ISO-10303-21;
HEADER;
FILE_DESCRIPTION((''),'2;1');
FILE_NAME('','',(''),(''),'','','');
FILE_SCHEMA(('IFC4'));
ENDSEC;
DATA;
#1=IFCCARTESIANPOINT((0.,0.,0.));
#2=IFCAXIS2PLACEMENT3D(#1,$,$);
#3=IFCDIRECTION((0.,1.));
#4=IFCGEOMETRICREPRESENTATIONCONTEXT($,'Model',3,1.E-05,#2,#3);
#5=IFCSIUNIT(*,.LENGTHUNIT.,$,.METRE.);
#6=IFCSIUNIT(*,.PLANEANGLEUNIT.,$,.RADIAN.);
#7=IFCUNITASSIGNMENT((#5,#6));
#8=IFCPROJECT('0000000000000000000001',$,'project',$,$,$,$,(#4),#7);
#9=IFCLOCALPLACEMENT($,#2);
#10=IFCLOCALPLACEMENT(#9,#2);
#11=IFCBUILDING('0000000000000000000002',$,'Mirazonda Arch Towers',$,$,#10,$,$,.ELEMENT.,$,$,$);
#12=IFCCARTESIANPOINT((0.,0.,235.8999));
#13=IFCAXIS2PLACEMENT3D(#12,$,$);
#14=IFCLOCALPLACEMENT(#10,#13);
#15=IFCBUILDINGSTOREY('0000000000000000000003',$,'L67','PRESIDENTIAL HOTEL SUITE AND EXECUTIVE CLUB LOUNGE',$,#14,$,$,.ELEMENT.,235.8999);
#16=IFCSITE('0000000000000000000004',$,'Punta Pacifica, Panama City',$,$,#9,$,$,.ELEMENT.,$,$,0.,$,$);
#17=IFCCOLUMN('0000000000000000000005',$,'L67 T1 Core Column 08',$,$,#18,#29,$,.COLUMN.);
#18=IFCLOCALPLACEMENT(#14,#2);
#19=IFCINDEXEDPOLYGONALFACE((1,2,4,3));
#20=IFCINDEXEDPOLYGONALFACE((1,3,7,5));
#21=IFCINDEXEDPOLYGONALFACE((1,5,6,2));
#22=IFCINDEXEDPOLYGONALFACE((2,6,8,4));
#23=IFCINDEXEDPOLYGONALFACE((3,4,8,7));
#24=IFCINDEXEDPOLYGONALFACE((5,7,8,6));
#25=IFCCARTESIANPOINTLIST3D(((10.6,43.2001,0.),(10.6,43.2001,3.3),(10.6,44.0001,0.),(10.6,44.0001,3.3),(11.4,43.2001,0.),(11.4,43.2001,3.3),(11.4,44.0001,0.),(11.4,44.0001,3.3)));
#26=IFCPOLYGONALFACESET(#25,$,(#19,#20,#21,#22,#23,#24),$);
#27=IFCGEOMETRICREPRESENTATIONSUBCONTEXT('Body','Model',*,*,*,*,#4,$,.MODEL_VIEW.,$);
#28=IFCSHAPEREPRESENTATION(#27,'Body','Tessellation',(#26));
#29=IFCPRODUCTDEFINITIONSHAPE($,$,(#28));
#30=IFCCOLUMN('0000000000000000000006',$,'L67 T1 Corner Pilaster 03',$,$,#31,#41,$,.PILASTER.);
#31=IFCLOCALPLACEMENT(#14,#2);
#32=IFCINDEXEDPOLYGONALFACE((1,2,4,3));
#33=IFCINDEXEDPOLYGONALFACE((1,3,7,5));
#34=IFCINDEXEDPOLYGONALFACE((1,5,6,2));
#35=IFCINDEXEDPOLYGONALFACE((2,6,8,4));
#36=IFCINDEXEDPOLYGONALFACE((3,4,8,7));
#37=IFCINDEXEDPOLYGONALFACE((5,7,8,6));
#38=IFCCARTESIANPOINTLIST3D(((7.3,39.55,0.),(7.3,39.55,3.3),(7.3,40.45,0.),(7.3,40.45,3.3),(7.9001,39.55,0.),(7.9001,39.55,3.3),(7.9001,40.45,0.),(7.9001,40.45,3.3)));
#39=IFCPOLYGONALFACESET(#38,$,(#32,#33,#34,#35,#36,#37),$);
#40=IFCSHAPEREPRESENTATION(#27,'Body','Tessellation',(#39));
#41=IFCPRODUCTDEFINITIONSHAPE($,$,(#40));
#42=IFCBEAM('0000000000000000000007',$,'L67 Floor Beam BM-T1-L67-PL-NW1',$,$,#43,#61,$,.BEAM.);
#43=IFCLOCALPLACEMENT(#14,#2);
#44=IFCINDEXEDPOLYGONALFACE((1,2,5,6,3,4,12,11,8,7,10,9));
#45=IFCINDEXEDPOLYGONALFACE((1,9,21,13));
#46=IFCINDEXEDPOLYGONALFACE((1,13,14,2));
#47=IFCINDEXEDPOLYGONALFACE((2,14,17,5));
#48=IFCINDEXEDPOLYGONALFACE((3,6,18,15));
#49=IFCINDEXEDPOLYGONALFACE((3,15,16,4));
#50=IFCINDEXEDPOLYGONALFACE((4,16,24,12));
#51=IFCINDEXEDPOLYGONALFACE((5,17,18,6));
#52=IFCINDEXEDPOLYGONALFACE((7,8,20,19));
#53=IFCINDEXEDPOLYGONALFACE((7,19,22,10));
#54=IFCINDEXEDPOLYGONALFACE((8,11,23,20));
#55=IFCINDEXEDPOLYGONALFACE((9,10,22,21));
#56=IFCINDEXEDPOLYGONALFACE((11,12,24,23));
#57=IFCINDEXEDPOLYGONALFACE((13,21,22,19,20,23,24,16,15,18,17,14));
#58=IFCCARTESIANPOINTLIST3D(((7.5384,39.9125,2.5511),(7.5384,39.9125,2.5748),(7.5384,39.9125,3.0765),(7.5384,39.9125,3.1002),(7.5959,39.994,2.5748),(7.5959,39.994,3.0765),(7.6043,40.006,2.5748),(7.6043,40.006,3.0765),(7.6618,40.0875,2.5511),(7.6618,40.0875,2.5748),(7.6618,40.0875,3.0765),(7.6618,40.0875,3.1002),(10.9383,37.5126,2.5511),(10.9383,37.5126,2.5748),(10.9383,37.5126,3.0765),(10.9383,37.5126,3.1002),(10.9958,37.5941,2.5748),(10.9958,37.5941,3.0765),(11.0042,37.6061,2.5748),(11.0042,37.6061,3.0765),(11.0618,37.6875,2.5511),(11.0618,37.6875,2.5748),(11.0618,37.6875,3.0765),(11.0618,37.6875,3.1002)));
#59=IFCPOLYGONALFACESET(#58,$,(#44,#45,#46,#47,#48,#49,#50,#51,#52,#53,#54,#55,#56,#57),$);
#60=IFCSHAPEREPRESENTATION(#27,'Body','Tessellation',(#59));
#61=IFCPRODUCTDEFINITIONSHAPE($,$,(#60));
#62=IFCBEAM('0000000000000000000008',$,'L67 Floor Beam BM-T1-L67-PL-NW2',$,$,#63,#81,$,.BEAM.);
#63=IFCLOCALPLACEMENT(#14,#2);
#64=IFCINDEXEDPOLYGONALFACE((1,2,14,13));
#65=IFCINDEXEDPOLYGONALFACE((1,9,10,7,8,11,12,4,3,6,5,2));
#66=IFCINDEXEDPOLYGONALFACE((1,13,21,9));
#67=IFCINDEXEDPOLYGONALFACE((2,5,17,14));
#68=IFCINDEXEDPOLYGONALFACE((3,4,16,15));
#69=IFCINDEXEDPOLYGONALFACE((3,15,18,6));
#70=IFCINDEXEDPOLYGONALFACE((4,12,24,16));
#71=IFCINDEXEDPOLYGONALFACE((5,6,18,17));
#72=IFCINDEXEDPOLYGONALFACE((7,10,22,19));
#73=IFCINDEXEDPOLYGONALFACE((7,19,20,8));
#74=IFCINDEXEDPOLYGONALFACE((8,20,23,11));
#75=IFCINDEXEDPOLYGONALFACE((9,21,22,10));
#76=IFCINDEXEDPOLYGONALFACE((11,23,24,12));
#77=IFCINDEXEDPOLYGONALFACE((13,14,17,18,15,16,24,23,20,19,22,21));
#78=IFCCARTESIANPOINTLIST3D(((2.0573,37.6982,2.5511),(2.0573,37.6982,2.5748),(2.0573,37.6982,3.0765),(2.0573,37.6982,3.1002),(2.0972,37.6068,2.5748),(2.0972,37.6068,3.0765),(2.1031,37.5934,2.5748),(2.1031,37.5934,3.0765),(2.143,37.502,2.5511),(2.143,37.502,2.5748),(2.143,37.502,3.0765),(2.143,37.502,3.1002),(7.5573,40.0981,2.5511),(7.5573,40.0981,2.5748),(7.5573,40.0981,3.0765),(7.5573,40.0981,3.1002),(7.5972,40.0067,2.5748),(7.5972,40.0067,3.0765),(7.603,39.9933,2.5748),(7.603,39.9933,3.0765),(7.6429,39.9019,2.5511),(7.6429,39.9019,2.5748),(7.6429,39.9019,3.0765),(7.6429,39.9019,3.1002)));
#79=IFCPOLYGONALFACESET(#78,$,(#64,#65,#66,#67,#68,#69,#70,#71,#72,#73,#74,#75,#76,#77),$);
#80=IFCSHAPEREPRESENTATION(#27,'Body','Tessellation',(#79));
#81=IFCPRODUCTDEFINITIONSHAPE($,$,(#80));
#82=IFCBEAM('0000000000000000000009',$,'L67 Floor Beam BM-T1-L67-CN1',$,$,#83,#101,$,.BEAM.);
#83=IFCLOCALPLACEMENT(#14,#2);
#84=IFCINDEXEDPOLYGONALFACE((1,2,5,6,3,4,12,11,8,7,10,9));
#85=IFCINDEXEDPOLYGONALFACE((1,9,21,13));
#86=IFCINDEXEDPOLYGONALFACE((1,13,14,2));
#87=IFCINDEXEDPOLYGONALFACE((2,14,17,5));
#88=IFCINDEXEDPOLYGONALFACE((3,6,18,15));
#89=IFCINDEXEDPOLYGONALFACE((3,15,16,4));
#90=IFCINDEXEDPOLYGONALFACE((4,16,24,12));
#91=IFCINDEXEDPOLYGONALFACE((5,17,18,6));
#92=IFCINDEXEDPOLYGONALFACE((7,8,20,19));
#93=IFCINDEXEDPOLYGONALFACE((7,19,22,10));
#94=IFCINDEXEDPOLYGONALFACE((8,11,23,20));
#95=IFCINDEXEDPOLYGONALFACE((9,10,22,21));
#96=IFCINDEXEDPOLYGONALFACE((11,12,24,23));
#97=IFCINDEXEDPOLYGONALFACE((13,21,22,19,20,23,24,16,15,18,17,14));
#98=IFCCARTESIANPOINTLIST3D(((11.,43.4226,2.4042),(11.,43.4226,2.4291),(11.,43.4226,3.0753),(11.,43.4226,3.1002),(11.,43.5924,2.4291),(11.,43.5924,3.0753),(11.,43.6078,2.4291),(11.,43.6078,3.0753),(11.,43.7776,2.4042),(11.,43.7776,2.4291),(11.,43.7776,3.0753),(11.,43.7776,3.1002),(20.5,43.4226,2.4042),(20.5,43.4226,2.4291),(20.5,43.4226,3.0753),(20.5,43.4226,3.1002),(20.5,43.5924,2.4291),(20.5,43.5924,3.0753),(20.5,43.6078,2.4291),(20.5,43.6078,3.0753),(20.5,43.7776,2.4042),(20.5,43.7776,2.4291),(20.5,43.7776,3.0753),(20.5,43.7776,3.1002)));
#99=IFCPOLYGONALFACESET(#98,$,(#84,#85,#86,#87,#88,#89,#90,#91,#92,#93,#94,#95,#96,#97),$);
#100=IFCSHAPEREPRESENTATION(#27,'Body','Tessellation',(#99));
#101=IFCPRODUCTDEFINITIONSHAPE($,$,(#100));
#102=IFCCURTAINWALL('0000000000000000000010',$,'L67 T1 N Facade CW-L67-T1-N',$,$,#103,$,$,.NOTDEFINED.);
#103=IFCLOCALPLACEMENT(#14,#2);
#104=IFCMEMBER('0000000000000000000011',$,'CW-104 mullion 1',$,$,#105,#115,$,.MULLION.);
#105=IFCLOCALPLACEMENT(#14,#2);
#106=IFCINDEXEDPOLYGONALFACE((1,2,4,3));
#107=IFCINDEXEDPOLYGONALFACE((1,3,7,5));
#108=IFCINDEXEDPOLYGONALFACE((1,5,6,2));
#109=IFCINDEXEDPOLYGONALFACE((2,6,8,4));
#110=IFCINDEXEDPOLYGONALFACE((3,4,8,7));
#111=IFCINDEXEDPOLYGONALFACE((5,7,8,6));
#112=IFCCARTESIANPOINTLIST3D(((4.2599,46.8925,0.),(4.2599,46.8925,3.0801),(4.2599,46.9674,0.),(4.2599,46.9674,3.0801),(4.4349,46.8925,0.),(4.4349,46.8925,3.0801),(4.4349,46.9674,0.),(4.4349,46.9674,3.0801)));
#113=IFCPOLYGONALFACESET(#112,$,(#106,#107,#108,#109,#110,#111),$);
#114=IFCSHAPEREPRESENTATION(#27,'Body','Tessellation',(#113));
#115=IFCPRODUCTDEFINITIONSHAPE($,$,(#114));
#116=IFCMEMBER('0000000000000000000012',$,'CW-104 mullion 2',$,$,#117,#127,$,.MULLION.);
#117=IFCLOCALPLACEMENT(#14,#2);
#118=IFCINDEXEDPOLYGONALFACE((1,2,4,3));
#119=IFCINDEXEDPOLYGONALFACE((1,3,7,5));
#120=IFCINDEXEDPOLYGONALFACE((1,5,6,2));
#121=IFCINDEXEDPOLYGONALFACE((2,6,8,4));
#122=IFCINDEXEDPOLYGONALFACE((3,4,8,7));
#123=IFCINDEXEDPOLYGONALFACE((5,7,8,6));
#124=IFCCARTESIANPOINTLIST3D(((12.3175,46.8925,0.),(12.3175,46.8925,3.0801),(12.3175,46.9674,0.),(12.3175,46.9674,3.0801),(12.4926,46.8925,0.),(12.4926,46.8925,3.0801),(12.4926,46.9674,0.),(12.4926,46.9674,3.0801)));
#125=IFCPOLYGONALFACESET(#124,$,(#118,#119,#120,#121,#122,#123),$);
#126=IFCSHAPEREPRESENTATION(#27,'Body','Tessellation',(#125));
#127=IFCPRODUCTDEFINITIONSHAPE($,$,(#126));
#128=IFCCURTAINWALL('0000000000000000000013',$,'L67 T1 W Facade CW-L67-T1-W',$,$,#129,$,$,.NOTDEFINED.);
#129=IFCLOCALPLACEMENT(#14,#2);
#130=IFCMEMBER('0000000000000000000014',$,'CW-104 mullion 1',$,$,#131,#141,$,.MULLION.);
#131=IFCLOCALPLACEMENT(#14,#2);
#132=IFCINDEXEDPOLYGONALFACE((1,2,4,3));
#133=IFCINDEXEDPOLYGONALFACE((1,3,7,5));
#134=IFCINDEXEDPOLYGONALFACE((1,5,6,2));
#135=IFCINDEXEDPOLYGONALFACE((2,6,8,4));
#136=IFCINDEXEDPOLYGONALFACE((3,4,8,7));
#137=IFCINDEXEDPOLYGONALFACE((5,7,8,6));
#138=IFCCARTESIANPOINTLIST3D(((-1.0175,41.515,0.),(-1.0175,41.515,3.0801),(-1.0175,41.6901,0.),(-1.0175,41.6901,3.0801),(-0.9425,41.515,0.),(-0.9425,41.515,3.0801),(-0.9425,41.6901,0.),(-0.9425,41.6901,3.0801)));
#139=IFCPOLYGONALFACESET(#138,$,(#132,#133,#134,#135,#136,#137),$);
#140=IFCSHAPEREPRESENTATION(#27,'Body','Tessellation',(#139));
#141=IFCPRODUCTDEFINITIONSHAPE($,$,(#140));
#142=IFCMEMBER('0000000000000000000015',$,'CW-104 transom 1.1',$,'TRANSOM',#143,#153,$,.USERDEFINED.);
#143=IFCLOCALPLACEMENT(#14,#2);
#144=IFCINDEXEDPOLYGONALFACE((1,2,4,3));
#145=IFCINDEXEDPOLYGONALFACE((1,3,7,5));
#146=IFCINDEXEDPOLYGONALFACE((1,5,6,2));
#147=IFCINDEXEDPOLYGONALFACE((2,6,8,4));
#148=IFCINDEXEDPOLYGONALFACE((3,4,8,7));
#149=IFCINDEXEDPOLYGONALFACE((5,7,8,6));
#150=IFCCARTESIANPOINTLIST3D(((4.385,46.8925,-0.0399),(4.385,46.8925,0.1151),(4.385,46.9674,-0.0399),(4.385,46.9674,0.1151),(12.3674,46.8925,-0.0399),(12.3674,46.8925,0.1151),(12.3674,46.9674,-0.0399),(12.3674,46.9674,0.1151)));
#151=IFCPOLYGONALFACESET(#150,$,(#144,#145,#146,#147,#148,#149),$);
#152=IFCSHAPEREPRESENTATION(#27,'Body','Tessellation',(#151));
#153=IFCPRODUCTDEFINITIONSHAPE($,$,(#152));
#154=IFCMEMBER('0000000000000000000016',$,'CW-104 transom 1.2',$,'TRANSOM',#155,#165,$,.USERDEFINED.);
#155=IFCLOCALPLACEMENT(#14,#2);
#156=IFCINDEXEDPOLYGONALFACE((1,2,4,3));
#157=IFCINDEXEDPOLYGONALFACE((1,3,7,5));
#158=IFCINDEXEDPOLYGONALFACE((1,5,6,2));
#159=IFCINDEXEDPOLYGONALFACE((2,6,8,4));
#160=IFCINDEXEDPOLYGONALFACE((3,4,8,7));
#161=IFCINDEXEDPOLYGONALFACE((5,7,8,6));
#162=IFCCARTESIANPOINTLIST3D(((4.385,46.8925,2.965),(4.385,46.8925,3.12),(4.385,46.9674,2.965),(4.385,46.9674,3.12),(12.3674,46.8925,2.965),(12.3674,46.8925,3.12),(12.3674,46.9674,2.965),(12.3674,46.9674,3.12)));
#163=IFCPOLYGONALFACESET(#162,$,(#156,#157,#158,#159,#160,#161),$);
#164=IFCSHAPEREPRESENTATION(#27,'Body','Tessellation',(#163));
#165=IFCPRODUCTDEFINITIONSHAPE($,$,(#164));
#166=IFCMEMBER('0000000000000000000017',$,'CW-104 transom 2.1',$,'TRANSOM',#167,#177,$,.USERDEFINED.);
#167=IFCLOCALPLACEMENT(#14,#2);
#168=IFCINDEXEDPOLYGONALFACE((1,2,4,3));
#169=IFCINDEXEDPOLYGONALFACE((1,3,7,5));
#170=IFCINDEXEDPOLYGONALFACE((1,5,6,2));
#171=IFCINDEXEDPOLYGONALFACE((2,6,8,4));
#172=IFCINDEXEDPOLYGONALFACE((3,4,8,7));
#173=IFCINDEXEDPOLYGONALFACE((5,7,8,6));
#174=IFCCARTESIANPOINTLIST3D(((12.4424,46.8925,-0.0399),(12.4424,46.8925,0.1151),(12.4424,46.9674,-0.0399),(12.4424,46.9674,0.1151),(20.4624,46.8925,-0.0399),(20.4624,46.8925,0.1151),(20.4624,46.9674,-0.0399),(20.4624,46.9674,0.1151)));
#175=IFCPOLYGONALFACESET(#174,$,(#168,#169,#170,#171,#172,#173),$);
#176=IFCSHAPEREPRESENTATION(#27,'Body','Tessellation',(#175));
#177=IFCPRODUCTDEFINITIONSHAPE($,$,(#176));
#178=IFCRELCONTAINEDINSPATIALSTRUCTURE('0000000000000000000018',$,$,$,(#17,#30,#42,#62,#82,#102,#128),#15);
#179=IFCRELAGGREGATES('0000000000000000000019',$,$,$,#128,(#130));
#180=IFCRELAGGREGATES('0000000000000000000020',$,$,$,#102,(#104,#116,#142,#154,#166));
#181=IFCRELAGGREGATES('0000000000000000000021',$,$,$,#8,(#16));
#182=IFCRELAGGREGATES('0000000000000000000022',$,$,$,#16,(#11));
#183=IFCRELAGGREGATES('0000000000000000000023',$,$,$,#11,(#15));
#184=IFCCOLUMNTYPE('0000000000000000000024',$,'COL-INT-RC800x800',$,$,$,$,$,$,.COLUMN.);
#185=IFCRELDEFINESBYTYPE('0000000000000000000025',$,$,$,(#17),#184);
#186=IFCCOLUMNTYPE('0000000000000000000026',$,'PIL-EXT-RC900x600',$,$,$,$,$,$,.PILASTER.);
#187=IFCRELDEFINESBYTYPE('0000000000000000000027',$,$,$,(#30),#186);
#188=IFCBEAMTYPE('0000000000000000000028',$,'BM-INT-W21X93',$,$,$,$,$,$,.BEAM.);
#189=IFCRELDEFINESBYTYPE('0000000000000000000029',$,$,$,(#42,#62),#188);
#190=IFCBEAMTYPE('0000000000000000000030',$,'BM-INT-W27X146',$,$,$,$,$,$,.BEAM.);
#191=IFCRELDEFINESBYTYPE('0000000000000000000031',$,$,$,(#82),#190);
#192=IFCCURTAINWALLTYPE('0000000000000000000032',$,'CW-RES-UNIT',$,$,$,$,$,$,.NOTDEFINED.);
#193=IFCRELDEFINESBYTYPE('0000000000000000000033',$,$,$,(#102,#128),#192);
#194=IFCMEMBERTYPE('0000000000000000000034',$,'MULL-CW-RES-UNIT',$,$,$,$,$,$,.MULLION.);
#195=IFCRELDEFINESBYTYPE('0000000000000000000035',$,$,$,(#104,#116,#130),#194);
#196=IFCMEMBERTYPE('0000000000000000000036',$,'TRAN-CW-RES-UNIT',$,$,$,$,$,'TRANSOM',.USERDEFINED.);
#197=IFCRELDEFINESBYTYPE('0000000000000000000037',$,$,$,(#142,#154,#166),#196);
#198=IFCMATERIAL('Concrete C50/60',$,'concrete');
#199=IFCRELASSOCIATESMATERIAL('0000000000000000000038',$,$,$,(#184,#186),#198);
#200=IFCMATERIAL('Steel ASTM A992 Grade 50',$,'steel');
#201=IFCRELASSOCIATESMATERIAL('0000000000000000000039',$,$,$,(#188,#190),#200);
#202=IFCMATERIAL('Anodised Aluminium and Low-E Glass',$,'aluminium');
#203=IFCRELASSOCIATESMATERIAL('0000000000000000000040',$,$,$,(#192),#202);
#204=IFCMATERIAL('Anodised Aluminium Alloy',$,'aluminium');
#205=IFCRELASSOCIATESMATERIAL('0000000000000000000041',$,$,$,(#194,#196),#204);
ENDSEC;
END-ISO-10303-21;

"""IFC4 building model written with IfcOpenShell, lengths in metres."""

from ifc_helpers import new_model, si_unit, direction, frame, origin, origin_2d, place, context, subcontext, project, spatial, rectangle, i_section, extrude, material, material_profile, profile_set, type_object, element, aggregate, save


model = new_model("IFC4")

# Units and contexts
model_context = context("Model", 3, precision=1e-05, world=origin(), true_north=direction((0.0, 1.0)))
body_context = subcontext(model_context, "Body", "Model", "MODEL_VIEW")
ifc_project = project(units=[si_unit("LENGTHUNIT", "METRE"), si_unit("PLANEANGLEUNIT", "RADIAN")], contexts=[model_context])

# Site, building, storey
site_placement = place(None, origin())
site = spatial("IfcSite", under=ifc_project, at=site_placement, Name="Punta Pacifica, Panama City", CompositionType="ELEMENT", RefElevation=0.0)
building_placement = place(site_placement, origin())
building = spatial("IfcBuilding", under=site, at=building_placement, Name="Mirazonda Arch Towers", CompositionType="ELEMENT")
storey_placement = place(building_placement, frame((0.0, 0.0, 235.8999)))
storey = spatial("IfcBuildingStorey", under=building, at=storey_placement, Name="L67", Description="PRESIDENTIAL HOTEL SUITE AND EXECUTIVE CLUB LOUNGE", CompositionType="ELEMENT", Elevation=235.8999)

# Columns
ifc_material_1 = material(Name="Concrete C50/60", Category="concrete")
ifc_material_profile_1 = material_profile(ifc_material_1, rectangle(XDim=0.8, YDim=0.8, at=origin_2d()), Name="RC800x800")
ifc_profile_set_1 = profile_set([ifc_material_profile_1], Name="Concrete C50/60")
column_type_1 = type_object("IfcColumnType", Name="COL-INT-RC800x800", PredefinedType="COLUMN", material=ifc_profile_set_1)
column_1_placement = place(storey_placement, frame((11.0, 43.6001, 0.0), z_axis=(0.0, 0.0, 1.0), x_axis=(1.0, 0.0, 0.0)))
element("IfcColumn", 1, at=column_1_placement, inside=storey, type_object=column_type_1, Name="L67 T1 Core Column 08", PredefinedType="COLUMN", context=body_context, shape_type="SweptSolid", body=[
    extrude(rectangle(XDim=0.8, YDim=0.8, at=origin_2d()), origin(), (0.0, 0.0, 1.0), 3.3),
])
ifc_material_profile_2 = material_profile(ifc_material_1, rectangle(XDim=0.6001, YDim=0.8999, at=origin_2d()), Name="RC900x600")
ifc_profile_set_2 = profile_set([ifc_material_profile_2], Name="Concrete C50/60")
column_type_2 = type_object("IfcColumnType", Name="PIL-EXT-RC900x600", PredefinedType="PILASTER", material=ifc_profile_set_2)
column_2_placement = place(storey_placement, frame((7.6001, 40.0, 0.0), z_axis=(0.0, 0.0, 1.0), x_axis=(1.0, 0.0, 0.0)))
element("IfcColumn", 2, at=column_2_placement, inside=storey, type_object=column_type_2, Name="L67 T1 Corner Pilaster 03", PredefinedType="PILASTER", context=body_context, shape_type="SweptSolid", body=[
    extrude(rectangle(XDim=0.6001, YDim=0.8999, at=origin_2d()), origin(), (0.0, 0.0, 1.0), 3.3),
])

# Beams
ifc_material_2 = material(Name="Steel ASTM A992 Grade 50", Category="steel")
ifc_material_profile_3 = material_profile(ifc_material_2, i_section(OverallWidth=0.2141, OverallDepth=0.5491, WebThickness=0.0146, FlangeThickness=0.0237, at=origin_2d()), Name="W21X93")
ifc_profile_set_3 = profile_set([ifc_material_profile_3], Name="Steel ASTM A992 Grade 50")
beam_type_1 = type_object("IfcBeamType", Name="BM-INT-W21X93", PredefinedType="BEAM", material=ifc_profile_set_3)
beam_1_placement = place(storey_placement, frame((7.6001, 40.0, 2.8257), z_axis=(0.816971, -0.576679, 0.0), x_axis=(0.576679, 0.816971, 0.0)))
element("IfcBeam", 3, at=beam_1_placement, inside=storey, type_object=beam_type_1, Name="L67 Floor Beam BM-T1-L67-PL-NW1", PredefinedType="BEAM", context=body_context, shape_type="SweptSolid", body=[
    extrude(i_section(OverallWidth=0.2141, OverallDepth=0.5491, WebThickness=0.0146, FlangeThickness=0.0237, at=origin_2d()), origin(), (0.0, 0.0, 1.0), 4.1616),
])
beam_2_placement = place(storey_placement, frame((7.6001, 40.0, 2.8257), z_axis=(-0.916545, -0.399931, 0.0), x_axis=(0.399931, -0.916545, 0.0)))
element("IfcBeam", 4, at=beam_2_placement, inside=storey, type_object=beam_type_1, Name="L67 Floor Beam BM-T1-L67-PL-NW2", PredefinedType="BEAM", context=body_context, shape_type="SweptSolid", body=[
    extrude(i_section(OverallWidth=0.2141, OverallDepth=0.5491, WebThickness=0.0146, FlangeThickness=0.0237, at=origin_2d()), origin(), (0.0, 0.0, 1.0), 6.0007),
])
ifc_material_profile_4 = material_profile(ifc_material_2, i_section(OverallWidth=0.355, OverallDepth=0.696, WebThickness=0.0154, FlangeThickness=0.0249, at=origin_2d()), Name="W27X146")
ifc_profile_set_4 = profile_set([ifc_material_profile_4], Name="Steel ASTM A992 Grade 50")
beam_type_2 = type_object("IfcBeamType", Name="BM-INT-W27X146", PredefinedType="BEAM", material=ifc_profile_set_4)
beam_3_placement = place(storey_placement, frame((11.0, 43.6001, 2.7522), z_axis=(1.0, 0.0, 0.0), x_axis=(0.0, 1.0, 0.0)))
element("IfcBeam", 5, at=beam_3_placement, inside=storey, type_object=beam_type_2, Name="L67 Floor Beam BM-T1-L67-CN1", PredefinedType="BEAM", context=body_context, shape_type="SweptSolid", body=[
    extrude(i_section(OverallWidth=0.355, OverallDepth=0.696, WebThickness=0.0154, FlangeThickness=0.0249, at=origin_2d()), origin(), (0.0, 0.0, 1.0), 9.5),
])

# Curtain wall, members
ifc_material_3 = material(Name="Anodised Aluminium and Low-E Glass", Category="aluminium")
curtain_wall_type = type_object("IfcCurtainWallType", Name="CW-RES-UNIT", PredefinedType="NOTDEFINED", material=ifc_material_3)
curtain_wall_1_placement = place(storey_placement, origin())
curtain_wall_1 = element("IfcCurtainWall", 6, at=curtain_wall_1_placement, inside=storey, type_object=curtain_wall_type, Name="L67 T1 N Facade CW-L67-T1-N", PredefinedType="NOTDEFINED")
ifc_material_4 = material(Name="Anodised Aluminium Alloy", Category="aluminium")
ifc_material_profile_5 = material_profile(ifc_material_4, rectangle(XDim=0.075, YDim=0.175, at=origin_2d()), Name="ALU-MULL-75x175")
ifc_profile_set_5 = profile_set([ifc_material_profile_5], Name="Anodised Aluminium Alloy")
member_type_1 = type_object("IfcMemberType", Name="MULL-CW-RES-UNIT", PredefinedType="MULLION", material=ifc_profile_set_5)
member_1_placement = place(storey_placement, frame((4.3474, 46.9299, 0.0), z_axis=(0.0, 0.0, 1.0), x_axis=(0.0, 1.0, 0.0)))
member_1 = element("IfcMember", 7, at=member_1_placement, type_object=member_type_1, Name="CW-104 mullion 1", PredefinedType="MULLION", context=body_context, shape_type="SweptSolid", body=[
    extrude(rectangle(XDim=0.075, YDim=0.175, at=origin_2d()), origin(), (0.0, 0.0, 1.0), 3.0801),
])
member_2_placement = place(storey_placement, frame((12.405, 46.9299, 0.0), z_axis=(0.0, 0.0, 1.0), x_axis=(0.0, 1.0, 0.0)))
member_2 = element("IfcMember", 8, at=member_2_placement, type_object=member_type_1, Name="CW-104 mullion 2", PredefinedType="MULLION", context=body_context, shape_type="SweptSolid", body=[
    extrude(rectangle(XDim=0.075, YDim=0.175, at=origin_2d()), origin(), (0.0, 0.0, 1.0), 3.0801),
])

# Curtain wall, member
curtain_wall_2_placement = place(storey_placement, origin())
curtain_wall_2 = element("IfcCurtainWall", 9, at=curtain_wall_2_placement, inside=storey, type_object=curtain_wall_type, Name="L67 T1 W Facade CW-L67-T1-W", PredefinedType="NOTDEFINED")
member_3_placement = place(storey_placement, frame((-0.98, 41.6025, 0.0), z_axis=(0.0, 0.0, 1.0), x_axis=(1.0, 0.0, 0.0)))
member_3 = element("IfcMember", 10, at=member_3_placement, type_object=member_type_1, Name="CW-104 mullion 1", PredefinedType="MULLION", context=body_context, shape_type="SweptSolid", body=[
    extrude(rectangle(XDim=0.075, YDim=0.175, at=origin_2d()), origin(), (0.0, 0.0, 1.0), 3.0801),
])

# Members
ifc_material_profile_6 = material_profile(ifc_material_4, rectangle(XDim=0.075, YDim=0.155, at=origin_2d()), Name="ALU-TRAN-75x155")
ifc_profile_set_6 = profile_set([ifc_material_profile_6], Name="Anodised Aluminium Alloy")
member_type_2 = type_object("IfcMemberType", Name="TRAN-CW-RES-UNIT", ElementType="TRANSOM", PredefinedType="USERDEFINED", material=ifc_profile_set_6)
member_4_placement = place(storey_placement, frame((4.385, 46.9299, 0.0376), z_axis=(1.0, 0.0, 0.0), x_axis=(0.0, 1.0, 0.0)))
member_4 = element("IfcMember", 11, at=member_4_placement, type_object=member_type_2, Name="CW-104 transom 1.1", ObjectType="TRANSOM", PredefinedType="USERDEFINED", context=body_context, shape_type="SweptSolid", body=[
    extrude(rectangle(XDim=0.075, YDim=0.155, at=origin_2d()), origin(), (0.0, 0.0, 1.0), 7.9824),
])
member_5_placement = place(storey_placement, frame((4.385, 46.9299, 3.0425), z_axis=(1.0, 0.0, 0.0), x_axis=(0.0, 1.0, 0.0)))
member_5 = element("IfcMember", 12, at=member_5_placement, type_object=member_type_2, Name="CW-104 transom 1.2", ObjectType="TRANSOM", PredefinedType="USERDEFINED", context=body_context, shape_type="SweptSolid", body=[
    extrude(rectangle(XDim=0.075, YDim=0.155, at=origin_2d()), origin(), (0.0, 0.0, 1.0), 7.9824),
])
member_6_placement = place(storey_placement, frame((12.4424, 46.9299, 0.0376), z_axis=(1.0, 0.0, 0.0), x_axis=(0.0, 1.0, 0.0)))
member_6 = element("IfcMember", 13, at=member_6_placement, type_object=member_type_2, Name="CW-104 transom 2.1", ObjectType="TRANSOM", PredefinedType="USERDEFINED", context=body_context, shape_type="SweptSolid", body=[
    extrude(rectangle(XDim=0.075, YDim=0.155, at=origin_2d()), origin(), (0.0, 0.0, 1.0), 8.02),
])
aggregate(curtain_wall_2, [member_3])

aggregate(curtain_wall_1, [member_1, member_2, member_4, member_5, member_6])

save(model, "model.ifc")
